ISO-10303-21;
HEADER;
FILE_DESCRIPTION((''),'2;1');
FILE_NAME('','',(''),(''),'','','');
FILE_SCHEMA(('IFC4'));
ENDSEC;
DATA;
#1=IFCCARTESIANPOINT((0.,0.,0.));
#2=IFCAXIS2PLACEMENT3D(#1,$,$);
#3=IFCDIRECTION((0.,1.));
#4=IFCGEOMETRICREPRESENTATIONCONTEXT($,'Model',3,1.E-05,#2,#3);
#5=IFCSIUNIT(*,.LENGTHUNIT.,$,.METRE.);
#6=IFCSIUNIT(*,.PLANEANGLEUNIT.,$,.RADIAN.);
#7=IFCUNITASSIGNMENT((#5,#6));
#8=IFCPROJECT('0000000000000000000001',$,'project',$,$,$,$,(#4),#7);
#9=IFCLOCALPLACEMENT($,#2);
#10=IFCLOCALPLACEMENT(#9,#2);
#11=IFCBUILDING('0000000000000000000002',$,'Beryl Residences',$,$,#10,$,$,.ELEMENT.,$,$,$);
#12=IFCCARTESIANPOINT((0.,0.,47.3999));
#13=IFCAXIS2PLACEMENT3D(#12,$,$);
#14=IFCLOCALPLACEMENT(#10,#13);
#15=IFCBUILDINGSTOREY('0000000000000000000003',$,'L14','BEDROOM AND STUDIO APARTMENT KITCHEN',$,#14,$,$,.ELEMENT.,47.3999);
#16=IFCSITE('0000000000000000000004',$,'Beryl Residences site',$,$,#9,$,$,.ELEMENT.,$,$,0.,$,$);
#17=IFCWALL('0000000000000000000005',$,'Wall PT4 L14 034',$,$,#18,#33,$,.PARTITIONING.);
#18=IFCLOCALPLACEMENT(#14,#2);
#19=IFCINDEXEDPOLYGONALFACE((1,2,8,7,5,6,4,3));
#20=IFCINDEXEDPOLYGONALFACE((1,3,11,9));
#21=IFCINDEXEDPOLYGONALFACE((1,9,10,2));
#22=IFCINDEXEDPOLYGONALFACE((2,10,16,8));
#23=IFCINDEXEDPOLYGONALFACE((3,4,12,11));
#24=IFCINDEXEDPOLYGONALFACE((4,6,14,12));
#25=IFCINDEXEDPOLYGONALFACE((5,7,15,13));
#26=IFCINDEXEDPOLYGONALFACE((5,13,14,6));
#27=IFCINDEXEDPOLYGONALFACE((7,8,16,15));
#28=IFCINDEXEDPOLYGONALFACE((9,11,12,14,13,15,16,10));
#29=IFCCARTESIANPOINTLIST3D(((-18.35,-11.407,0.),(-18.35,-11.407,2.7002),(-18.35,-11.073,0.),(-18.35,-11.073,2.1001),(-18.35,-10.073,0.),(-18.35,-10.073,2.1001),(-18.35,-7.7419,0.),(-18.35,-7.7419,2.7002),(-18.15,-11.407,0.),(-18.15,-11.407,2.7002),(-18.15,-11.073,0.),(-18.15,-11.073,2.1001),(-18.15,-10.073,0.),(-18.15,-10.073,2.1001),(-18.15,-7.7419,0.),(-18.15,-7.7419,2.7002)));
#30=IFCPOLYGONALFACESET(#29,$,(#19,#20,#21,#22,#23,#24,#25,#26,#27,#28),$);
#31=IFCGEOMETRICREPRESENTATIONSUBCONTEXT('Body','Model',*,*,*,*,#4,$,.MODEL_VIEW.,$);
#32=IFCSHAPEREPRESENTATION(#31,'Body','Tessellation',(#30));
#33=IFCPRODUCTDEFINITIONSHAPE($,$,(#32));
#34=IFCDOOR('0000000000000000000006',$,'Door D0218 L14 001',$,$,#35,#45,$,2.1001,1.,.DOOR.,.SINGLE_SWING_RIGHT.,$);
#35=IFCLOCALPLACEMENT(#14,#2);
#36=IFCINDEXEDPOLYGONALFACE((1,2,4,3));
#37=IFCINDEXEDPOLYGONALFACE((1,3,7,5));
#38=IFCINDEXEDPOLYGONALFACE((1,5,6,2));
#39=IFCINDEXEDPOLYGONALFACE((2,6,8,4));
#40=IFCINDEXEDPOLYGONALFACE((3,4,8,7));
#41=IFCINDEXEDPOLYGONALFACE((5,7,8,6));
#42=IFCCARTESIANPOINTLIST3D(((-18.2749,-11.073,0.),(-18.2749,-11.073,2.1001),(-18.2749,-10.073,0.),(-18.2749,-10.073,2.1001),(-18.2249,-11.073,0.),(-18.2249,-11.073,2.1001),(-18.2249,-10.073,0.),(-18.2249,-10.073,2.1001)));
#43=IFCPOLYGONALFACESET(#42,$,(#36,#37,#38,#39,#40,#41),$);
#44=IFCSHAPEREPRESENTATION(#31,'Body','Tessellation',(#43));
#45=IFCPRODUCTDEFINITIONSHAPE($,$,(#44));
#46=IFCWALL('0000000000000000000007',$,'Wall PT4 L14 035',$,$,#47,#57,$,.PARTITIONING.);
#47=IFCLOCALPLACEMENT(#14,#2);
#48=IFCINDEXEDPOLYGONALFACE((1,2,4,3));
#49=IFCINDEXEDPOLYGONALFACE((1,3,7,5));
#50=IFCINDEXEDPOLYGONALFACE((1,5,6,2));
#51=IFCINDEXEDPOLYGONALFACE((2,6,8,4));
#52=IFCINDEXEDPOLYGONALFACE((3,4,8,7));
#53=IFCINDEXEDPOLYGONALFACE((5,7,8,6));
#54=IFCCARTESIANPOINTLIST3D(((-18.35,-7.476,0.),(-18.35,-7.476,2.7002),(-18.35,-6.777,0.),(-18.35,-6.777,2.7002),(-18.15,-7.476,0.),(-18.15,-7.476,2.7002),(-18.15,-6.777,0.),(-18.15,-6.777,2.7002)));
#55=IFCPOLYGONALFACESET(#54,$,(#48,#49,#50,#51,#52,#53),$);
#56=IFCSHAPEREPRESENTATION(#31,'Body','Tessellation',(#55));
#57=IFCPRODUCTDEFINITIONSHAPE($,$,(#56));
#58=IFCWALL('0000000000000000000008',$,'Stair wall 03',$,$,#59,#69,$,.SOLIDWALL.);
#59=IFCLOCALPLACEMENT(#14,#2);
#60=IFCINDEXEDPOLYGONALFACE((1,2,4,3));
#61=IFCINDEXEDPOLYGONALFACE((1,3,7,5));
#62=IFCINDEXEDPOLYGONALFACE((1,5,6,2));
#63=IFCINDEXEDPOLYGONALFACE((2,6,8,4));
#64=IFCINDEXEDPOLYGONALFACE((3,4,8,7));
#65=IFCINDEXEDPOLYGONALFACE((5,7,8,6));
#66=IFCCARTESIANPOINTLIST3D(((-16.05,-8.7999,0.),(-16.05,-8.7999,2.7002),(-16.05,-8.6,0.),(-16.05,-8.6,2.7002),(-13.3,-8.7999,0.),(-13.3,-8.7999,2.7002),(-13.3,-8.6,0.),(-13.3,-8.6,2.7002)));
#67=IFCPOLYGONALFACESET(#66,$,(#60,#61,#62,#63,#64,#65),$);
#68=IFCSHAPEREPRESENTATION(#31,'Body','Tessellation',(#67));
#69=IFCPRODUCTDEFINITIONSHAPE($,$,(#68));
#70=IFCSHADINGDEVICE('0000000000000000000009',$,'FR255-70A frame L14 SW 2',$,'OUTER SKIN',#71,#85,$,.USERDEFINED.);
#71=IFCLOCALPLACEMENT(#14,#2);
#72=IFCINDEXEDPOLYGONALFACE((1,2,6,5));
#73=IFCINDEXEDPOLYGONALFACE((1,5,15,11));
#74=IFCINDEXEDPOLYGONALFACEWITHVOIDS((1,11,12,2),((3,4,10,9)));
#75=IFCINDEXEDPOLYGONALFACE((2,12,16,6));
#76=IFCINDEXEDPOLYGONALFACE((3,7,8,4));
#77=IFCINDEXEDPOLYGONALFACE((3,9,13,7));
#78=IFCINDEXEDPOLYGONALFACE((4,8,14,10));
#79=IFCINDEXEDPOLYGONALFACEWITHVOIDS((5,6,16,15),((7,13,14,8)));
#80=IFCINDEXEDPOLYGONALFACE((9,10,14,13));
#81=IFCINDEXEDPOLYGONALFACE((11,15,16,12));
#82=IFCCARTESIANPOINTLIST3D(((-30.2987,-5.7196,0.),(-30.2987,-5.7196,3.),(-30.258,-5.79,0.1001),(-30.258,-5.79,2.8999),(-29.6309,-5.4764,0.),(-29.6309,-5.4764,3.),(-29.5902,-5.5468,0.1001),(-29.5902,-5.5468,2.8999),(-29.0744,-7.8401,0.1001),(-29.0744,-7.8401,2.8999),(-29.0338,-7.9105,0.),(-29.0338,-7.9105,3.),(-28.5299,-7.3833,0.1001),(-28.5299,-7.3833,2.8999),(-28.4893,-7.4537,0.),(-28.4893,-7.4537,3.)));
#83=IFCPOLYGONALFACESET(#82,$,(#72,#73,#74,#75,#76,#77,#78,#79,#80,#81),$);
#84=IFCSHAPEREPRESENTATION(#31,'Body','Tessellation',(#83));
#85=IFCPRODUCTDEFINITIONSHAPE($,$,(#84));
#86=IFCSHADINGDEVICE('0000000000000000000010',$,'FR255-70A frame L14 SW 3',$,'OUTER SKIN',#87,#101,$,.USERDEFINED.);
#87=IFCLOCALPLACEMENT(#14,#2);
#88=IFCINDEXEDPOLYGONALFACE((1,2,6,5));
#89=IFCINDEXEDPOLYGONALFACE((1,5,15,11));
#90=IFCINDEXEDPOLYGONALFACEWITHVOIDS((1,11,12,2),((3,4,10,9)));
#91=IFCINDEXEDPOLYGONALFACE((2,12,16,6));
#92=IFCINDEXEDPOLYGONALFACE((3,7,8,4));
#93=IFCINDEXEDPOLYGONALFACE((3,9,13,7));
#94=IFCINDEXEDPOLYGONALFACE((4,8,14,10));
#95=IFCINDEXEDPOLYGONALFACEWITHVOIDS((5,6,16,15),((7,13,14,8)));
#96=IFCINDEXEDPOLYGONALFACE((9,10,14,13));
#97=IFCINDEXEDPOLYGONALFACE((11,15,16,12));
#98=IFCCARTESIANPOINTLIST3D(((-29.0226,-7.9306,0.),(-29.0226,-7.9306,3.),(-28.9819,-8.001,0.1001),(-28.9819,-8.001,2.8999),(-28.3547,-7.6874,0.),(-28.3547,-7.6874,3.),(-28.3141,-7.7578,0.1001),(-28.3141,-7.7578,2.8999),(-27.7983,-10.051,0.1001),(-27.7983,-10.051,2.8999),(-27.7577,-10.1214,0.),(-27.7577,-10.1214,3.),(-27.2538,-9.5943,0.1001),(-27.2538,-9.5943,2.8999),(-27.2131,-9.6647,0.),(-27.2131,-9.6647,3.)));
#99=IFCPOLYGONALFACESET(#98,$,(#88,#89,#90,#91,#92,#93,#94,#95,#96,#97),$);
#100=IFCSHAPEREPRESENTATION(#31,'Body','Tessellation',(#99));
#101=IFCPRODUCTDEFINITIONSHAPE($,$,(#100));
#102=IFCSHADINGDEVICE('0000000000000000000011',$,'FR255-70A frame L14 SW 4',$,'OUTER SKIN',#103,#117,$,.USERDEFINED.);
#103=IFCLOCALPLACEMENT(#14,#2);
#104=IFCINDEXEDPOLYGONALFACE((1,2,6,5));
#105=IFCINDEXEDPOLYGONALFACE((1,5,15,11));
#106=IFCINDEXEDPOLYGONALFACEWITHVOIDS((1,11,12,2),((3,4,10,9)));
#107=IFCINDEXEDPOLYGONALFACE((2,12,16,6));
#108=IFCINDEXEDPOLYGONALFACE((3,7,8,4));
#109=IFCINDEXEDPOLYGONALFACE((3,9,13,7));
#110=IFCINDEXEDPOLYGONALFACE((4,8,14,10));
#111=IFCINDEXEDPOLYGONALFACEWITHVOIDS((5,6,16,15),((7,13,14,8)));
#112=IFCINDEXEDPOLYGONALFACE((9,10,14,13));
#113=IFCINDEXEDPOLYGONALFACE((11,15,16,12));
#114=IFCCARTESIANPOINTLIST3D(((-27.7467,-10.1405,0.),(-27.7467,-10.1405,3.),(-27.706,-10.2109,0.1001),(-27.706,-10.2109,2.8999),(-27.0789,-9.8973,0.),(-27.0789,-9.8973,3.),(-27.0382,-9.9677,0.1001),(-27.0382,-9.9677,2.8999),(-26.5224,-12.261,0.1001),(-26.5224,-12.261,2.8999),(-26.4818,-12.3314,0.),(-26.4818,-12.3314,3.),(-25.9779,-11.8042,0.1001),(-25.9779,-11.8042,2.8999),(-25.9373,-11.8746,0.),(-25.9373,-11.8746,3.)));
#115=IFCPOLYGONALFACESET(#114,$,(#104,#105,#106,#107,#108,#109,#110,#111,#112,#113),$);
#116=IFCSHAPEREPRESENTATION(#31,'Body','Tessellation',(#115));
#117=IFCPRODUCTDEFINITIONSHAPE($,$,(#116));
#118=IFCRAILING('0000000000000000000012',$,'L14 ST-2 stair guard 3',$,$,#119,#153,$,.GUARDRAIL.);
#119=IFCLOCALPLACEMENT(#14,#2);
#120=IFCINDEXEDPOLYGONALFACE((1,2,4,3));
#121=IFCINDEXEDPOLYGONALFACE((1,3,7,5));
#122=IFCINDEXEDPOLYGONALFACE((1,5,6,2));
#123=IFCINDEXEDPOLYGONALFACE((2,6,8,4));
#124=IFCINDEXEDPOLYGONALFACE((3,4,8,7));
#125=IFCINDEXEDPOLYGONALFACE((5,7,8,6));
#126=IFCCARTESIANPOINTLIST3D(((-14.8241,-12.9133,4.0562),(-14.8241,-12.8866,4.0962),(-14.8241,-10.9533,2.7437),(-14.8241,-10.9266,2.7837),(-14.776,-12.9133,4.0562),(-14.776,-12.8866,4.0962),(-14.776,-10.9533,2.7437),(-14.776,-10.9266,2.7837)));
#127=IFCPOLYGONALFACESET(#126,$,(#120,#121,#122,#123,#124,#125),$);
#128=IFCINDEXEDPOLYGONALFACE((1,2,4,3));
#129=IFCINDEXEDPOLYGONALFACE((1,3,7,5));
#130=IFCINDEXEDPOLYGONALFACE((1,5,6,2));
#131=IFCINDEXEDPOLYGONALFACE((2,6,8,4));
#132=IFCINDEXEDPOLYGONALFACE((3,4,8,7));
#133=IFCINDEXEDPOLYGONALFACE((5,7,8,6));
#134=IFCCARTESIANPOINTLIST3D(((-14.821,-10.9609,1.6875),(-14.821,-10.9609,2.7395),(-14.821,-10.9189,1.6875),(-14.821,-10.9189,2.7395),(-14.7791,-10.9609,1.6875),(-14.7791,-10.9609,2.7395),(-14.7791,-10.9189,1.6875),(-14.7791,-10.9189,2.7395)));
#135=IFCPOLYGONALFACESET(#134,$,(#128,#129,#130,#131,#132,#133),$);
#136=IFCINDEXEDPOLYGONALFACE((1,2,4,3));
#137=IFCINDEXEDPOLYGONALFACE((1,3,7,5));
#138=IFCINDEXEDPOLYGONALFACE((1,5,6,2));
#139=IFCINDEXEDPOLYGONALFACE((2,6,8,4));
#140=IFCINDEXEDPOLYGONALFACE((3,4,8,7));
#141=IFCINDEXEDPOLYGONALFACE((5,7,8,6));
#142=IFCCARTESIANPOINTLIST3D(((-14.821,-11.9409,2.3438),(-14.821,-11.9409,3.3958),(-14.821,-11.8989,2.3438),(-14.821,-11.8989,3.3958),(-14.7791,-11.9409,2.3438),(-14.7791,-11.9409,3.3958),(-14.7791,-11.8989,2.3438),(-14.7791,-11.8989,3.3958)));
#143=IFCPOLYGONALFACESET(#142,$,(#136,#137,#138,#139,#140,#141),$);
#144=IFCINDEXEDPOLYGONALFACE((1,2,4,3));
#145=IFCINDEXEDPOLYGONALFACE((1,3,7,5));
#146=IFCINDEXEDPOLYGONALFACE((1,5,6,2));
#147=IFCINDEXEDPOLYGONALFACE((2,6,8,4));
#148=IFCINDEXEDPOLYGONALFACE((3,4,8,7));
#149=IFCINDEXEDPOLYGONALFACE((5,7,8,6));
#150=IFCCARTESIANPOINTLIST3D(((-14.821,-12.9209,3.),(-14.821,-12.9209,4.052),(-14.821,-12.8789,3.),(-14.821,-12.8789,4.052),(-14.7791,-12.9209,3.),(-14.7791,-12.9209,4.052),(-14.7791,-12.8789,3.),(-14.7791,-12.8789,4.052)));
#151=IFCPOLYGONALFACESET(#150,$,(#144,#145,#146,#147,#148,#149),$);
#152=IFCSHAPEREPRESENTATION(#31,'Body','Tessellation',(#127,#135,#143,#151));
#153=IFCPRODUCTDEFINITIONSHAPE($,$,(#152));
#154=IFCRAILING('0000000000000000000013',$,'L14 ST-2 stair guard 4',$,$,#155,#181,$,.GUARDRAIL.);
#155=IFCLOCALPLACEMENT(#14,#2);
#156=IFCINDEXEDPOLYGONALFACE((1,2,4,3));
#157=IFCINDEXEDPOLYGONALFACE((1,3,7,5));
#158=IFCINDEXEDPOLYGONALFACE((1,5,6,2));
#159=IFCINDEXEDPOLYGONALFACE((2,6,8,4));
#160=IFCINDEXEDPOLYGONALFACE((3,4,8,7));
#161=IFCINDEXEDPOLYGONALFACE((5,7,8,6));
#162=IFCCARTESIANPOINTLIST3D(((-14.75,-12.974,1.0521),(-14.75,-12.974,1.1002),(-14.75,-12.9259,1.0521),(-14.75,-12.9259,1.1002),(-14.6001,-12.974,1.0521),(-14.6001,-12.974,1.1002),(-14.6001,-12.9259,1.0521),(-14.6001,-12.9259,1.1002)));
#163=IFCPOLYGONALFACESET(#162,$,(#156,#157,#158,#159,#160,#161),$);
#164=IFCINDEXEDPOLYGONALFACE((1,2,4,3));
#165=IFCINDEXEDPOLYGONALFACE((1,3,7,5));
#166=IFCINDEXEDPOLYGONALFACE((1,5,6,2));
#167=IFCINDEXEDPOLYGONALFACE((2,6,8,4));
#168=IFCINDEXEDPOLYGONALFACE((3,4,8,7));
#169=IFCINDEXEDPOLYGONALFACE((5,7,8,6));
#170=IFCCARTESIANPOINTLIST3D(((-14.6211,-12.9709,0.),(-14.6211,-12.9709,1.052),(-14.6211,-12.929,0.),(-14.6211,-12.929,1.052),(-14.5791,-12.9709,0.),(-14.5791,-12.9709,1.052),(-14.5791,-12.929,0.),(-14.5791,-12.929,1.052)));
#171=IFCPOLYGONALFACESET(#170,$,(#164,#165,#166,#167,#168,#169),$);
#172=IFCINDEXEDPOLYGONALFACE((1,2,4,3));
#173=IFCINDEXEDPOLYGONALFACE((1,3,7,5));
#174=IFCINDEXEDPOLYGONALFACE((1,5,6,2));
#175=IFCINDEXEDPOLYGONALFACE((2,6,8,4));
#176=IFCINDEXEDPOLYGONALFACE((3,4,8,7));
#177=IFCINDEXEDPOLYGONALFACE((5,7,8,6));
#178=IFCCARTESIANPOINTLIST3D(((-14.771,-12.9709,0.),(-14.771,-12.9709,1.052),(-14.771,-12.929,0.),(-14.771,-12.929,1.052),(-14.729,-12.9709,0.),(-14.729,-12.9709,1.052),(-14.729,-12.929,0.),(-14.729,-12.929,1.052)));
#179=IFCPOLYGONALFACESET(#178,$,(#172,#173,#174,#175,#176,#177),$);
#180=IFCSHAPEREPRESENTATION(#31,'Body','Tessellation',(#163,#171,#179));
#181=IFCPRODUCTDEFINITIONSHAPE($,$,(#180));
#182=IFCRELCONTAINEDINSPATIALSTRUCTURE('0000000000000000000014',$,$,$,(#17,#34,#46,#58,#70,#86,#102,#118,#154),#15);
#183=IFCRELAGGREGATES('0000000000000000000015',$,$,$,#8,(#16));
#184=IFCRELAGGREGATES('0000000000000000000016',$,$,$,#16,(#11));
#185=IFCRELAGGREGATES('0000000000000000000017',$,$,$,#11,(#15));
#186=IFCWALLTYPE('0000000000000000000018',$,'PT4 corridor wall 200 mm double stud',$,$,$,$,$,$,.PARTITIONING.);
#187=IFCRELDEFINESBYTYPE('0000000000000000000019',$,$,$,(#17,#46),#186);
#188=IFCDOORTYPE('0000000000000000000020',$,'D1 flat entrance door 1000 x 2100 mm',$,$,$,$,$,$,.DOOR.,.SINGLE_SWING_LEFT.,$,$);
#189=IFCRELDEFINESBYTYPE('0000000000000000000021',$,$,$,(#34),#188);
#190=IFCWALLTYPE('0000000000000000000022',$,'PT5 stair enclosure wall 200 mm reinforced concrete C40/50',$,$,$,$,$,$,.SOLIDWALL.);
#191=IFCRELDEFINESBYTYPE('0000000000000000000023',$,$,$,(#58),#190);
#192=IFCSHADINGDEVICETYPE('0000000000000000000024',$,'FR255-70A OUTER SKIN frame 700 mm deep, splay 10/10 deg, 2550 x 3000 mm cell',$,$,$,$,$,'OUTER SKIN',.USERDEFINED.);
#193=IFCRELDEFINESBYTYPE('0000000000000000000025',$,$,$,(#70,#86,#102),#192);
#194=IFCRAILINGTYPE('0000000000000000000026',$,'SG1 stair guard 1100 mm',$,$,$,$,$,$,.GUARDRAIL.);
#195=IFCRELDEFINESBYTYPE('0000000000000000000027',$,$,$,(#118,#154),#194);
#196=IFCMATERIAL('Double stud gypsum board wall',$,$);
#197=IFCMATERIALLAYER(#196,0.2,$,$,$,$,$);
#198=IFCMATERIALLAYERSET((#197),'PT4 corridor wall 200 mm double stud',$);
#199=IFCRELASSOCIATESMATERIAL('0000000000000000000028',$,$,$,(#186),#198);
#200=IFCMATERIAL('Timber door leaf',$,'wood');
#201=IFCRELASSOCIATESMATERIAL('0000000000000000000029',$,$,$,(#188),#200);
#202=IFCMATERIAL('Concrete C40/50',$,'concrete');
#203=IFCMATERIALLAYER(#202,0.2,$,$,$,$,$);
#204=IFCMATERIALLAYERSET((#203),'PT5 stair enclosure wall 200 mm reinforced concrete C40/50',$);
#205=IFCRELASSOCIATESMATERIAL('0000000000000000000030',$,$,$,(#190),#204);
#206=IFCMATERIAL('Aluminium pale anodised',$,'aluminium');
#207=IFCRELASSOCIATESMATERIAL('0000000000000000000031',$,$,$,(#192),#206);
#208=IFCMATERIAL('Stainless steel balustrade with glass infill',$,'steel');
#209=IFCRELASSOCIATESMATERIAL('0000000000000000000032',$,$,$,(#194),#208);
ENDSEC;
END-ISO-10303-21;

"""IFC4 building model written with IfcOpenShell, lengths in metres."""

from ifc_helpers import new_model, entity, si_unit, direction, frame, frame_2d, origin, origin_2d, place, context, subcontext, project, spatial, rectangle, extrude, source, transform, mapped, material, layer, layer_set, type_object, type_shapes, element, fill, save


model = new_model("IFC4")

# Units and contexts
model_context = context("Model", 3, precision=1e-05, world=origin(), true_north=direction((0.0, 1.0)))
body_context = subcontext(model_context, "Body", "Model", "MODEL_VIEW")
ifc_project = project(units=[si_unit("LENGTHUNIT", "METRE"), si_unit("PLANEANGLEUNIT", "RADIAN")], contexts=[model_context])

# Site, building, storey
site_placement = place(None, origin())
site = spatial("IfcSite", under=ifc_project, at=site_placement, Name="Beryl Residences site", CompositionType="ELEMENT", RefElevation=0.0)
building_placement = place(site_placement, origin())
building = spatial("IfcBuilding", under=site, at=building_placement, Name="Beryl Residences", CompositionType="ELEMENT")
storey_placement = place(building_placement, frame((0.0, 0.0, 47.3999)))
storey = spatial("IfcBuildingStorey", under=building, at=storey_placement, Name="L14", Description="BEDROOM AND STUDIO APARTMENT KITCHEN", CompositionType="ELEMENT", Elevation=47.3999)

# Shared definitions
ifc_material_1 = material(Name="Double stud gypsum board wall")
ifc_layer_1 = layer(ifc_material_1, 0.2)
ifc_layer_set_1 = layer_set([ifc_layer_1], Name="PT4 corridor wall 200 mm double stud")
wall_type_1 = type_object("IfcWallType", Name="PT4 corridor wall 200 mm double stud", PredefinedType="PARTITIONING", material=ifc_layer_set_1)

# Wall, opening, door
wall_1_placement = place(storey_placement, frame((-18.25, -11.407, 0.0), z_axis=(0.0, 0.0, 1.0), x_axis=(0.0, 1.0, 0.0)))
wall_1 = element("IfcWall", 1, at=wall_1_placement, inside=storey, type_object=wall_type_1, Name="Wall PT4 L14 034", PredefinedType="PARTITIONING", context=body_context, shape_type="SweptSolid", body=[
    extrude(rectangle(XDim=3.665, YDim=0.2, at=frame_2d((1.8325, 0.0))), origin(), (0.0, 0.0, 1.0), 2.7002),
])
opening_1_placement = place(wall_1_placement, frame((0.334, 0.0, 0.0)))
opening_1 = element("IfcOpeningElement", 2, at=opening_1_placement, cuts=wall_1, PredefinedType="OPENING", context=body_context, shape_type="SweptSolid", body=[
    extrude(rectangle(XDim=1.0, YDim=2.1001, at=frame_2d((0.5, 1.05))), frame((0.0, 0.1099, 0.0), z_axis=(0.0, -1.0, 0.0), x_axis=(1.0, 0.0, 0.0)), (0.0, 0.0, 1.0), 0.22),
])
ifc_material_2 = material(Name="Timber door leaf", Category="wood")
door_type_1 = type_object("IfcDoorType", Name="D1 flat entrance door 1000 x 2100 mm", OperationType="SINGLE_SWING_LEFT", PredefinedType="DOOR", material=ifc_material_2)
door_1_placement = place(opening_1_placement, origin())
door_1 = element("IfcDoor", 3, at=door_1_placement, inside=storey, type_object=door_type_1, Name="Door D0218 L14 001", OperationType="SINGLE_SWING_RIGHT", OverallHeight=2.1001, OverallWidth=1.0, PredefinedType="DOOR", context=body_context, shape_type="SweptSolid", body=[
    extrude(rectangle(XDim=1.0, YDim=2.1001, at=frame_2d((0.5, 1.05))), frame((0.0, 0.0249, 0.0), z_axis=(0.0, -1.0, 0.0), x_axis=(1.0, 0.0, 0.0)), (0.0, 0.0, 1.0), 0.05),
])
fill(opening_1, door_1)

# Walls
wall_2_placement = place(storey_placement, frame((-18.25, -7.4761, 0.0), z_axis=(0.0, 0.0, 1.0), x_axis=(0.0, 1.0, 0.0)))
element("IfcWall", 4, at=wall_2_placement, inside=storey, type_object=wall_type_1, Name="Wall PT4 L14 035", PredefinedType="PARTITIONING", context=body_context, shape_type="SweptSolid", body=[
    extrude(rectangle(XDim=0.699, YDim=0.2, at=frame_2d((0.3496, 0.0))), origin(), (0.0, 0.0, 1.0), 2.7002),
])
ifc_material_3 = material(Name="Concrete C40/50", Category="concrete")
ifc_layer_2 = layer(ifc_material_3, 0.2)
ifc_layer_set_2 = layer_set([ifc_layer_2], Name="PT5 stair enclosure wall 200 mm reinforced concrete C40/50")
wall_type_2 = type_object("IfcWallType", Name="PT5 stair enclosure wall 200 mm reinforced concrete C40/50", PredefinedType="SOLIDWALL", material=ifc_layer_set_2)
wall_3_placement = place(storey_placement, frame((-16.05, -8.7, 0.0), z_axis=(0.0, 0.0, 1.0), x_axis=(1.0, 0.0, 0.0)))
element("IfcWall", 5, at=wall_3_placement, inside=storey, type_object=wall_type_2, Name="Stair wall 03", PredefinedType="SOLIDWALL", context=body_context, shape_type="SweptSolid", body=[
    extrude(rectangle(XDim=2.75, YDim=0.2, at=frame_2d((1.375, 0.0))), origin(), (0.0, 0.0, 1.0), 2.7002),
])

# Shading devices
ifc_material_4 = material(Name="Aluminium pale anodised", Category="aluminium")
shading_device_type = type_object("IfcShadingDeviceType", Name="FR255-70A OUTER SKIN frame 700 mm deep, splay 10/10 deg, 2550 x 3000 mm cell", ElementType="OUTER SKIN", PredefinedType="USERDEFINED", material=ifc_material_4)
cartesian_point_1 = entity("IfcCartesianPoint", [-1.1416, 0.0])
cartesian_point_2 = entity("IfcCartesianPoint", [-1.0603, 0.1001])
cartesian_point_3 = entity("IfcCartesianPoint", [-1.2649, 0.0])
cartesian_point_4 = entity("IfcCartesianPoint", [-1.1836, 0.1001])
shared_shape = source(origin(), body_context, "Body", "SweptSolid", [
    entity("IfcExtrudedAreaSolidTapered", entity("IfcArbitraryProfileDefWithVoids", "AREA", None, entity("IfcPolyline", [cartesian_point_1, entity("IfcCartesianPoint", [1.1416, 0.0]), entity("IfcCartesianPoint", [1.1416, 3.0]), entity("IfcCartesianPoint", [-1.1416, 3.0]), cartesian_point_1]), [entity("IfcPolyline", [cartesian_point_2, entity("IfcCartesianPoint", [1.0603, 0.1001]), entity("IfcCartesianPoint", [1.0603, 2.8999]), entity("IfcCartesianPoint", [-1.0603, 2.8999]), cartesian_point_2])]), entity("IfcAxis2Placement3D", entity("IfcCartesianPoint", [0.0, 0.0, 0.0]), entity("IfcDirection", [0.0, 1.0, 0.0]), entity("IfcDirection", [-1.0, 0.0, 0.0])), entity("IfcDirection", [0.0, 0.0, 1.0]), 0.7, entity("IfcArbitraryProfileDefWithVoids", "AREA", None, entity("IfcPolyline", [cartesian_point_3, entity("IfcCartesianPoint", [1.2649, 0.0]), entity("IfcCartesianPoint", [1.2649, 3.0]), entity("IfcCartesianPoint", [-1.2649, 3.0]), cartesian_point_3]), [entity("IfcPolyline", [cartesian_point_4, entity("IfcCartesianPoint", [1.1836, 0.1001]), entity("IfcCartesianPoint", [1.1836, 2.8999]), entity("IfcCartesianPoint", [-1.1836, 2.8999]), cartesian_point_4])])),
])
type_shapes(shading_device_type, [shared_shape])
for number, where, z_axis, x_axis, name in (
    (6, (-29.0601, -6.4651, 0.0), (0.0, 0.0, 1.0), (-0.5, 0.866025, 0.0), "FR255-70A frame L14 SW 2"),
    (7, (-27.7839, -8.676, 0.0), (0.0, 0.0, 1.0), (-0.5, 0.866025, 0.0), "FR255-70A frame L14 SW 3"),
    (8, (-26.5081, -10.886, 0.0), (0.0, 0.0, 1.0), (-0.5, 0.866025, 0.0), "FR255-70A frame L14 SW 4"),
):
    element("IfcShadingDevice", number, at=place(storey_placement, frame(where, z_axis=z_axis, x_axis=x_axis)), inside=storey, type_object=shading_device_type, Name=name, ObjectType="OUTER SKIN", PredefinedType="USERDEFINED", context=body_context, shape_type="MappedRepresentation", body=[
        mapped(shared_shape, transform((0.0, 0.0, 0.0))),
    ])

# Railings
ifc_material_5 = material(Name="Stainless steel balustrade with glass infill", Category="steel")
railing_type_1 = type_object("IfcRailingType", Name="SG1 stair guard 1100 mm", PredefinedType="GUARDRAIL", material=ifc_material_5)
railing_1_placement = place(storey_placement, frame((-14.8, -10.9399, 1.6875)))
element("IfcRailing", 9, at=railing_1_placement, inside=storey, type_object=railing_type_1, Name="L14 ST-2 stair guard 3", PredefinedType="GUARDRAIL", context=body_context, shape_type="SweptSolid", body=[
    extrude(rectangle(XDim=0.0481, YDim=0.0481, at=origin_2d()), frame((0.0, 0.0, 1.0762), z_axis=(0.0, -0.830902, 0.556419), x_axis=(1.0, 0.0, 0.0)), (0.0, 0.0, 1.0), 2.3589),
    extrude(rectangle(XDim=0.042, YDim=0.042, at=origin_2d()), origin(), (0.0, 0.0, 1.0), 1.052),
    extrude(rectangle(XDim=0.042, YDim=0.042, at=origin_2d()), frame((0.0, -0.98, 0.6562)), (0.0, 0.0, 1.0), 1.052),
    extrude(rectangle(XDim=0.042, YDim=0.042, at=origin_2d()), frame((0.0, -1.96, 1.3125)), (0.0, 0.0, 1.0), 1.052),
])
railing_2_placement = place(storey_placement, frame((-14.6001, -12.95, 0.0)))
element("IfcRailing", 10, at=railing_2_placement, inside=storey, type_object=railing_type_1, Name="L14 ST-2 stair guard 4", PredefinedType="GUARDRAIL", context=body_context, shape_type="SweptSolid", body=[
    extrude(rectangle(XDim=0.0481, YDim=0.0481, at=origin_2d()), frame((0.0, 0.0, 1.0762), z_axis=(-1.0, 0.0, 0.0), x_axis=(0.0, -1.0, 0.0)), (0.0, 0.0, 1.0), 0.1499),
    extrude(rectangle(XDim=0.042, YDim=0.042, at=origin_2d()), origin(), (0.0, 0.0, 1.0), 1.052),
    extrude(rectangle(XDim=0.042, YDim=0.042, at=origin_2d()), frame((-0.1499, 0.0, 0.0)), (0.0, 0.0, 1.0), 1.052),
])

save(model, "model.ifc")
